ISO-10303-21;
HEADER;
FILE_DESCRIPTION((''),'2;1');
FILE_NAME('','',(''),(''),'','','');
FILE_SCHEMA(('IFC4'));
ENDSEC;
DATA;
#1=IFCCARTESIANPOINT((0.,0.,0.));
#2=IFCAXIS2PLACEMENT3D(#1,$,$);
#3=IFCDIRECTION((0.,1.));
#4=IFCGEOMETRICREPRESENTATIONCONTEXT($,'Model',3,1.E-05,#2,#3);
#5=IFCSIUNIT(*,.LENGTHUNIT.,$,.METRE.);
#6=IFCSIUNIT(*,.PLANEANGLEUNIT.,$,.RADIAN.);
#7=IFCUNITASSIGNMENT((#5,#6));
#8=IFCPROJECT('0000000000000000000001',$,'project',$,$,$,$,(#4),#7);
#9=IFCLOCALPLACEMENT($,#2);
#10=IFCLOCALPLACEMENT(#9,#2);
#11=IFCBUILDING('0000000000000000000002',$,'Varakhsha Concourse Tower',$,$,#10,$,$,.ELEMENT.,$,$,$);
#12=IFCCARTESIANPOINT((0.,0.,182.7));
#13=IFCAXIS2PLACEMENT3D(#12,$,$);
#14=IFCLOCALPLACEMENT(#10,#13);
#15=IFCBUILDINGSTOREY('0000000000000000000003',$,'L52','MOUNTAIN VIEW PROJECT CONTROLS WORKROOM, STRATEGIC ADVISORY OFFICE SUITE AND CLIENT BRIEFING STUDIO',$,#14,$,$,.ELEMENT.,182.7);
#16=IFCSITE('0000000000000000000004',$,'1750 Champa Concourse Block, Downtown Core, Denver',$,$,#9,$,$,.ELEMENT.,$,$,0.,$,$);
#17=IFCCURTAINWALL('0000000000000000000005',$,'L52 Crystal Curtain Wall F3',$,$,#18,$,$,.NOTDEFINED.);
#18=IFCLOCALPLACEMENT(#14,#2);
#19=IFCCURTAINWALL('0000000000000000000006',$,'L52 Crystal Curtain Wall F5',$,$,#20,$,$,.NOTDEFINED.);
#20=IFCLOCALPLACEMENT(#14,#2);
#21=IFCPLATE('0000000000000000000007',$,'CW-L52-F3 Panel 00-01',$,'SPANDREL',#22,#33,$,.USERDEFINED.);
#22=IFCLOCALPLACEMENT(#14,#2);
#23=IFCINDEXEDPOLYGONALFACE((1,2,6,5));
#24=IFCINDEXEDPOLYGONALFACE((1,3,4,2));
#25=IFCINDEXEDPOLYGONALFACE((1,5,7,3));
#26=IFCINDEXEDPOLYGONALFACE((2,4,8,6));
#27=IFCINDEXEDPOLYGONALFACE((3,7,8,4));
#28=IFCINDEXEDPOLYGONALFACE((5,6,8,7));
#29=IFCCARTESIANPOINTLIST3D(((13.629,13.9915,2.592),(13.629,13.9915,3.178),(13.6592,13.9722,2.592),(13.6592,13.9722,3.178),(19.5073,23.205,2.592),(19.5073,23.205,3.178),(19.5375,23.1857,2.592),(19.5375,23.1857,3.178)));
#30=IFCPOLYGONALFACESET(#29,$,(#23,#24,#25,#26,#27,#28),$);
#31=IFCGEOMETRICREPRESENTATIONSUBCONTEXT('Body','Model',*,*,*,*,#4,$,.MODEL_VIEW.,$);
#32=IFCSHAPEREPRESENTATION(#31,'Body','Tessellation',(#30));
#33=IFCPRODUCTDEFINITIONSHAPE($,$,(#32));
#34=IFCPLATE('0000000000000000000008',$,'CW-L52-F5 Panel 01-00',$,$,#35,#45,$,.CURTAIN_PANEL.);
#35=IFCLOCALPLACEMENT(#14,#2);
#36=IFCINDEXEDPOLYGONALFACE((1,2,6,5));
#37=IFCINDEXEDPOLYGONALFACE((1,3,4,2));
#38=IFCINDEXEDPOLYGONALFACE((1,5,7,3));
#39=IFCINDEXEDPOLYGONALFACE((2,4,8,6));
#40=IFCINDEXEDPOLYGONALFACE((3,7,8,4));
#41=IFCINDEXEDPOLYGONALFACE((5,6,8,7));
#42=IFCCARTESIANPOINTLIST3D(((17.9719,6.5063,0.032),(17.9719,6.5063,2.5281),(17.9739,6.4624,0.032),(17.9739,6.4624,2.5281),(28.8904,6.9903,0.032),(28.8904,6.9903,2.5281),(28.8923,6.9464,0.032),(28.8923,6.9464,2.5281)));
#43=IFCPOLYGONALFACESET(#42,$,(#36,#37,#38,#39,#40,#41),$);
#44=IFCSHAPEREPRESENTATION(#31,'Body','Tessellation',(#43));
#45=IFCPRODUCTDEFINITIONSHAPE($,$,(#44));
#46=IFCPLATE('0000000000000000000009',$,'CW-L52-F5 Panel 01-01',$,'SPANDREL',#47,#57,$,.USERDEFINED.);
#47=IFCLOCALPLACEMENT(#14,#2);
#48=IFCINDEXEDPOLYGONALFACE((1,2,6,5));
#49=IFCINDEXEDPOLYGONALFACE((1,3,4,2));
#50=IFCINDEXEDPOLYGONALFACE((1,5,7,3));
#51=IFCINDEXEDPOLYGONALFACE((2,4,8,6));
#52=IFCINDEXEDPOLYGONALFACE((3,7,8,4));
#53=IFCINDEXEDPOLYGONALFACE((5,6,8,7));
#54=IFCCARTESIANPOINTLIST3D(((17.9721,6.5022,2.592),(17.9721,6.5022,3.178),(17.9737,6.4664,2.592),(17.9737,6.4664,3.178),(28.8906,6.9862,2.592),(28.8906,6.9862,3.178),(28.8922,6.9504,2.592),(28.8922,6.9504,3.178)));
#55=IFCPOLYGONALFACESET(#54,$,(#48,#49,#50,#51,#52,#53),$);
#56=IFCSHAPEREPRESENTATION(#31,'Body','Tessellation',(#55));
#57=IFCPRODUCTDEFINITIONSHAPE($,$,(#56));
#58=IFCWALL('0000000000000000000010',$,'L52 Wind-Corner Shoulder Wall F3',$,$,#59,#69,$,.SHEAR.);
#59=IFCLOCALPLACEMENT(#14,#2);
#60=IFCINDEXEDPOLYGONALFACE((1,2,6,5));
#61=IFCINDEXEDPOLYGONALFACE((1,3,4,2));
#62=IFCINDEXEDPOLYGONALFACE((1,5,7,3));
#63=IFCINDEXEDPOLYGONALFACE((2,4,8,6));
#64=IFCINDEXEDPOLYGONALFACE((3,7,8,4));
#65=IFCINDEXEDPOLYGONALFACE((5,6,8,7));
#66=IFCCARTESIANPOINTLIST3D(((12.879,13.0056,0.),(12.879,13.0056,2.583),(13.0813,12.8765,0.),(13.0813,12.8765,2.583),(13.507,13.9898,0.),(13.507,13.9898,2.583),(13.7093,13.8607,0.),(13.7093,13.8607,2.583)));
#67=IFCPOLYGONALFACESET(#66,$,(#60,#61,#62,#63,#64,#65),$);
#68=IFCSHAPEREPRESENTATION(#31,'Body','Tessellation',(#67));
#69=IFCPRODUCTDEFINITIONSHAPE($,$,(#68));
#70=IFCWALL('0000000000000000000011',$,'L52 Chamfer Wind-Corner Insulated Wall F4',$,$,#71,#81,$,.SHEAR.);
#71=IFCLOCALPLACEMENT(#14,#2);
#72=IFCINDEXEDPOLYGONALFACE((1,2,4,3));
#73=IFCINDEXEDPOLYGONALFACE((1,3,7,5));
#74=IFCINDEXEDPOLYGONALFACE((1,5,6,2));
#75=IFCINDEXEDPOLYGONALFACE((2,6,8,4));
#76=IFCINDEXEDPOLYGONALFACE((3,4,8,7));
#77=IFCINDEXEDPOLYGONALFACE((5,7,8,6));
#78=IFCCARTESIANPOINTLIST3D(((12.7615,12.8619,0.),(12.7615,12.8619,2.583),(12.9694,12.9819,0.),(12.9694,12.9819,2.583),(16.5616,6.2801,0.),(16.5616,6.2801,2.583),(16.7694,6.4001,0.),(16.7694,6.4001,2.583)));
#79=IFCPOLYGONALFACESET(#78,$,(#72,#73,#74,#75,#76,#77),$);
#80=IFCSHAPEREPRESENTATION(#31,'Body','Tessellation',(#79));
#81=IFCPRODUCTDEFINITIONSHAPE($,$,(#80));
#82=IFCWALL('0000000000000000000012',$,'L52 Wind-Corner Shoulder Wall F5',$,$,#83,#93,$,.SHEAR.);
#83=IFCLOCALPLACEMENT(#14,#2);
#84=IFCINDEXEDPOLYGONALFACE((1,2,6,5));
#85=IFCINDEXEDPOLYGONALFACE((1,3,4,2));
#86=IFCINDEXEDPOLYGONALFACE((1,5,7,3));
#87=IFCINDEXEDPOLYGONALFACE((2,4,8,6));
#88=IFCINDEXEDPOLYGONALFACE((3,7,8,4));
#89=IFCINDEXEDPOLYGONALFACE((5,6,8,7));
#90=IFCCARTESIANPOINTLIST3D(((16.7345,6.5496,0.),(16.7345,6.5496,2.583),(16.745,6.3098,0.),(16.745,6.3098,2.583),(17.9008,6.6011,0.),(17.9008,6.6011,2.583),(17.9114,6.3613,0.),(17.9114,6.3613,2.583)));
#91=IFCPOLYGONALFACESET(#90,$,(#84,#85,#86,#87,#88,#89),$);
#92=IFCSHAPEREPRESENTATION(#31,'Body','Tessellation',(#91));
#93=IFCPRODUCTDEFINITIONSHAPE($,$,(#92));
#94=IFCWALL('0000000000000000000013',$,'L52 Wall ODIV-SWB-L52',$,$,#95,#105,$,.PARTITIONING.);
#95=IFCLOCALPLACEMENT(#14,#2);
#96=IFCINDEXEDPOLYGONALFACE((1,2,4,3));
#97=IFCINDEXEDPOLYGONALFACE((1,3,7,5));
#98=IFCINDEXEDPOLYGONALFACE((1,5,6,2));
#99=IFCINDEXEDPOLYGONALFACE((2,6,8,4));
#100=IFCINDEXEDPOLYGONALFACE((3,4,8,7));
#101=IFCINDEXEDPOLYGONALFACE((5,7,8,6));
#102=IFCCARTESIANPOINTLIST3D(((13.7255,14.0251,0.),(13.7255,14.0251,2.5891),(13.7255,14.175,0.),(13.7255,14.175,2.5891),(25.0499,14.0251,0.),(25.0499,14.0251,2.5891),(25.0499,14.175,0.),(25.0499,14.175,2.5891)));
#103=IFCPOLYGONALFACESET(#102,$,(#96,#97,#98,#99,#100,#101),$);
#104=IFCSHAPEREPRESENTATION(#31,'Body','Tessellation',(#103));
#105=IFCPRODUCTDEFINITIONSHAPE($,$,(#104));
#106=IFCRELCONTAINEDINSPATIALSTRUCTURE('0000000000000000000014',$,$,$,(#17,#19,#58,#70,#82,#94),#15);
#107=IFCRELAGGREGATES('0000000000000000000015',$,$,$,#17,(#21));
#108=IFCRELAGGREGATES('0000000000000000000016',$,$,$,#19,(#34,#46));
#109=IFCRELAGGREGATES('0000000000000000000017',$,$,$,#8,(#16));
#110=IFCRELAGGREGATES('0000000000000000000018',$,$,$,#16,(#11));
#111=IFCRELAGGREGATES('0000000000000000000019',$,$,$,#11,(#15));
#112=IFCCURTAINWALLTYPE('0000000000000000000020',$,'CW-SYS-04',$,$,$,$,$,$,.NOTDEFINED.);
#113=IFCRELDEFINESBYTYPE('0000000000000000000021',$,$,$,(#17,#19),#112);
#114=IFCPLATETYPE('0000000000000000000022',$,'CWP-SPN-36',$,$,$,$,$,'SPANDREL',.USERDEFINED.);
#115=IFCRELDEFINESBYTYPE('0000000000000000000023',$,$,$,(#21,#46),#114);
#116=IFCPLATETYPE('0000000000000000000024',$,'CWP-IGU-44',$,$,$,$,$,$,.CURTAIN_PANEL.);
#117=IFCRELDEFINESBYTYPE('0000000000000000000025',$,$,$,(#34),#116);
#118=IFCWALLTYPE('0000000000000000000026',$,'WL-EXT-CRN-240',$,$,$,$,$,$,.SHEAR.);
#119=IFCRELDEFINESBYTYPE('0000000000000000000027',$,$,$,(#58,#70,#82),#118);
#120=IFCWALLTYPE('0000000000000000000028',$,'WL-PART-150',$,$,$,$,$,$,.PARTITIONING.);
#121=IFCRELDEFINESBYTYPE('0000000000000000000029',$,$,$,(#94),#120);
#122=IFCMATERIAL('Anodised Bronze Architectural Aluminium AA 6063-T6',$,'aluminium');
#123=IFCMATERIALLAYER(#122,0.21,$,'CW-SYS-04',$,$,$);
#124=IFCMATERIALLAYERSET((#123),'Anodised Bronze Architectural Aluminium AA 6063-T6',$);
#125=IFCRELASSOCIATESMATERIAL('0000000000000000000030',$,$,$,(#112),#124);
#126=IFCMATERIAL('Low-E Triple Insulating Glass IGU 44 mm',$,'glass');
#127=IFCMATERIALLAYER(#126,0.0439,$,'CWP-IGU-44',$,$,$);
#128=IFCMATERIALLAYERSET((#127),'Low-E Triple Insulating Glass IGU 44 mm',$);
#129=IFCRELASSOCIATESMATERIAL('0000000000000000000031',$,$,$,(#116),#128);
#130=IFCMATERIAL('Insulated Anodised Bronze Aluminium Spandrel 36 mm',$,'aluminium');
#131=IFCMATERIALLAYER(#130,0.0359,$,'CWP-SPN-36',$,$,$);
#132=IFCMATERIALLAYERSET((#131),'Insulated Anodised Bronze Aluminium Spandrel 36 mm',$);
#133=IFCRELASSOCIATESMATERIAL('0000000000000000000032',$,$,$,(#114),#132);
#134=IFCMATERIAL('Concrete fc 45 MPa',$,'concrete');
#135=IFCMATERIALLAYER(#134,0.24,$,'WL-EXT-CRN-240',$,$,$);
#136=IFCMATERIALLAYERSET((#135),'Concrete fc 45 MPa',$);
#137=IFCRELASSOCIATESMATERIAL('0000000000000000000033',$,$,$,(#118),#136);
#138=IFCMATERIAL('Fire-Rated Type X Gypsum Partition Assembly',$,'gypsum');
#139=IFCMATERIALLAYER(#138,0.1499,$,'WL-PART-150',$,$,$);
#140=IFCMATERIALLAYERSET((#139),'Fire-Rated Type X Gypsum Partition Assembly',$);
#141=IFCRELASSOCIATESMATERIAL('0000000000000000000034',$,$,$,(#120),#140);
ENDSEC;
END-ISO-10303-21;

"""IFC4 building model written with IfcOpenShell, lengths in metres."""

from ifc_helpers import new_model, si_unit, direction, frame, frame_2d, origin, origin_2d, place, context, subcontext, project, spatial, rectangle, extrude, source, transform, mapped, material, layer, layer_set, type_object, type_shapes, element, aggregate, save


model = new_model("IFC4")

# Units and contexts
model_context = context("Model", 3, precision=1e-05, world=origin(), true_north=direction((0.0, 1.0)))
body_context = subcontext(model_context, "Body", "Model", "MODEL_VIEW")
ifc_project = project(units=[si_unit("LENGTHUNIT", "METRE"), si_unit("PLANEANGLEUNIT", "RADIAN")], contexts=[model_context])

# Site, building, storey
site_placement = place(None, origin())
site = spatial("IfcSite", under=ifc_project, at=site_placement, Name="1750 Champa Concourse Block, Downtown Core, Denver", CompositionType="ELEMENT", RefElevation=0.0)
building_placement = place(site_placement, origin())
building = spatial("IfcBuilding", under=site, at=building_placement, Name="Varakhsha Concourse Tower", CompositionType="ELEMENT")
storey_placement = place(building_placement, frame((0.0, 0.0, 182.7)))
storey = spatial("IfcBuildingStorey", under=building, at=storey_placement, Name="L52", Description="MOUNTAIN VIEW PROJECT CONTROLS WORKROOM, STRATEGIC ADVISORY OFFICE SUITE AND CLIENT BRIEFING STUDIO", CompositionType="ELEMENT", Elevation=182.7)

# Curtain walls
ifc_material_1 = material(Name="Anodised Bronze Architectural Aluminium AA 6063-T6", Category="aluminium")
ifc_layer_1 = layer(ifc_material_1, 0.21, Name="CW-SYS-04")
ifc_layer_set_1 = layer_set([ifc_layer_1], Name="Anodised Bronze Architectural Aluminium AA 6063-T6")
curtain_wall_type = type_object("IfcCurtainWallType", Name="CW-SYS-04", PredefinedType="NOTDEFINED", material=ifc_layer_set_1)
curtain_wall_1_placement = place(storey_placement, origin())
curtain_wall_1 = element("IfcCurtainWall", 1, at=curtain_wall_1_placement, inside=storey, type_object=curtain_wall_type, Name="L52 Crystal Curtain Wall F3", PredefinedType="NOTDEFINED")
curtain_wall_2_placement = place(storey_placement, origin())
curtain_wall_2 = element("IfcCurtainWall", 2, at=curtain_wall_2_placement, inside=storey, type_object=curtain_wall_type, Name="L52 Crystal Curtain Wall F5", PredefinedType="NOTDEFINED")

# Shared definitions
ifc_material_2 = material(Name="Concrete fc 45 MPa", Category="concrete")

# Plates
ifc_material_3 = material(Name="Low-E Triple Insulating Glass IGU 44 mm", Category="glass")
ifc_layer_2 = layer(ifc_material_3, 0.0439, Name="CWP-IGU-44")
ifc_layer_set_2 = layer_set([ifc_layer_2], Name="Low-E Triple Insulating Glass IGU 44 mm")
plate_type_1 = type_object("IfcPlateType", Name="CWP-IGU-44", PredefinedType="CURTAIN_PANEL", material=ifc_layer_set_2)
ifc_material_4 = material(Name="Insulated Anodised Bronze Aluminium Spandrel 36 mm", Category="aluminium")
ifc_layer_3 = layer(ifc_material_4, 0.0359, Name="CWP-SPN-36")
ifc_layer_set_3 = layer_set([ifc_layer_3], Name="Insulated Anodised Bronze Aluminium Spandrel 36 mm")
plate_type_2 = type_object("IfcPlateType", Name="CWP-SPN-36", ElementType="SPANDREL", PredefinedType="USERDEFINED", material=ifc_layer_set_3)
shared_shape_1 = source(origin(), body_context, "Body", "SweptSolid", [
    extrude(rectangle(XDim=10.929, YDim=0.0359, at=origin_2d()), origin(), (0.0, 0.0, 1.0), 0.5859),
])
plate_1_placement = place(storey_placement, frame((16.5833, 18.5886, 2.592), z_axis=(0.0, 0.0, 1.0), x_axis=(0.537863, 0.843032, 0.0)))
plate_1 = element("IfcPlate", 3, at=plate_1_placement, type_object=plate_type_2, Name="CW-L52-F3 Panel 00-01", ObjectType="SPANDREL", PredefinedType="USERDEFINED", context=body_context, shape_type="MappedRepresentation", body=[
    mapped(shared_shape_1, transform((0.0, 0.0, 0.0), scale=1.0)),
])
aggregate(curtain_wall_1, [plate_1])
shared_shape_2 = source(origin(), body_context, "Body", "SweptSolid", [
    extrude(rectangle(XDim=10.9292, YDim=0.0439, at=origin_2d()), origin(), (0.0, 0.0, 1.0), 2.4961),
])
plate_2_placement = place(storey_placement, frame((23.4321, 6.7263, 0.032), z_axis=(0.0, 0.0, 1.0), x_axis=(-0.999019, -0.044285, 0.0)))
plate_2 = element("IfcPlate", 4, at=plate_2_placement, type_object=plate_type_1, Name="CW-L52-F5 Panel 01-00", PredefinedType="CURTAIN_PANEL", context=body_context, shape_type="MappedRepresentation", body=[
    mapped(shared_shape_2, transform((0.0, 0.0, 0.0), scale=1.0)),
])
shared_shape_3 = source(origin(), body_context, "Body", "SweptSolid", [
    extrude(rectangle(XDim=10.9292, YDim=0.0359, at=origin_2d()), origin(), (0.0, 0.0, 1.0), 0.5859),
])
type_shapes(plate_type_2, [shared_shape_1, shared_shape_3])
plate_3_placement = place(storey_placement, frame((23.4321, 6.7263, 2.592), z_axis=(0.0, 0.0, 1.0), x_axis=(-0.999019, -0.044285, 0.0)))
plate_3 = element("IfcPlate", 5, at=plate_3_placement, type_object=plate_type_2, Name="CW-L52-F5 Panel 01-01", ObjectType="SPANDREL", PredefinedType="USERDEFINED", context=body_context, shape_type="MappedRepresentation", body=[
    mapped(shared_shape_3, transform((0.0, 0.0, 0.0), scale=1.0)),
])
aggregate(curtain_wall_2, [plate_2, plate_3])

# Walls
ifc_layer_4 = layer(ifc_material_2, 0.24, Name="WL-EXT-CRN-240")
ifc_layer_set_4 = layer_set([ifc_layer_4], Name="Concrete fc 45 MPa")
wall_type_1 = type_object("IfcWallType", Name="WL-EXT-CRN-240", PredefinedType="SHEAR", material=ifc_layer_set_4)
wall_1_placement = place(storey_placement, frame((13.6082, 13.9253, 0.0), z_axis=(0.0, 0.0, 1.0), x_axis=(-0.53789, -0.843015, 0.0)))
element("IfcWall", 6, at=wall_1_placement, inside=storey, type_object=wall_type_1, Name="L52 Wind-Corner Shoulder Wall F3", PredefinedType="SHEAR", context=body_context, shape_type="SweptSolid", body=[
    extrude(rectangle(XDim=1.1675, YDim=0.24, at=frame_2d((0.5837, 0.0))), origin(), (0.0, 0.0, 1.0), 2.583),
])
wall_2_placement = place(storey_placement, frame((16.6655, 6.3401, 0.0), z_axis=(0.0, 0.0, 1.0), x_axis=(-0.500005, 0.866022, 0.0)))
element("IfcWall", 7, at=wall_2_placement, inside=storey, type_object=wall_type_1, Name="L52 Chamfer Wind-Corner Insulated Wall F4", PredefinedType="SHEAR", context=body_context, shape_type="SweptSolid", body=[
    extrude(rectangle(XDim=7.6001, YDim=0.24, at=frame_2d((3.8, 0.0))), origin(), (0.0, 0.0, 1.0), 2.583),
])
wall_3_placement = place(storey_placement, frame((16.7397, 6.4297, 0.0), z_axis=(0.0, 0.0, 1.0), x_axis=(0.999026, 0.044127, 0.0)))
element("IfcWall", 8, at=wall_3_placement, inside=storey, type_object=wall_type_1, Name="L52 Wind-Corner Shoulder Wall F5", PredefinedType="SHEAR", context=body_context, shape_type="SweptSolid", body=[
    extrude(rectangle(XDim=1.1675, YDim=0.24, at=frame_2d((0.5837, 0.0))), origin(), (0.0, 0.0, 1.0), 2.583),
])
ifc_material_5 = material(Name="Fire-Rated Type X Gypsum Partition Assembly", Category="gypsum")
ifc_layer_5 = layer(ifc_material_5, 0.1499, Name="WL-PART-150")
ifc_layer_set_5 = layer_set([ifc_layer_5], Name="Fire-Rated Type X Gypsum Partition Assembly")
wall_type_2 = type_object("IfcWallType", Name="WL-PART-150", PredefinedType="PARTITIONING", material=ifc_layer_set_5)
wall_4_placement = place(storey_placement, frame((13.7256, 14.1001, 0.0), z_axis=(0.0, 0.0, 1.0), x_axis=(1.0, 0.0, 0.0)))
element("IfcWall", 9, at=wall_4_placement, inside=storey, type_object=wall_type_2, Name="L52 Wall ODIV-SWB-L52", PredefinedType="PARTITIONING", context=body_context, shape_type="SweptSolid", body=[
    extrude(rectangle(XDim=11.3245, YDim=0.1499, at=frame_2d((5.6621, 0.0))), origin(), (0.0, 0.0, 1.0), 2.5891),
])

save(model, "model.ifc")
